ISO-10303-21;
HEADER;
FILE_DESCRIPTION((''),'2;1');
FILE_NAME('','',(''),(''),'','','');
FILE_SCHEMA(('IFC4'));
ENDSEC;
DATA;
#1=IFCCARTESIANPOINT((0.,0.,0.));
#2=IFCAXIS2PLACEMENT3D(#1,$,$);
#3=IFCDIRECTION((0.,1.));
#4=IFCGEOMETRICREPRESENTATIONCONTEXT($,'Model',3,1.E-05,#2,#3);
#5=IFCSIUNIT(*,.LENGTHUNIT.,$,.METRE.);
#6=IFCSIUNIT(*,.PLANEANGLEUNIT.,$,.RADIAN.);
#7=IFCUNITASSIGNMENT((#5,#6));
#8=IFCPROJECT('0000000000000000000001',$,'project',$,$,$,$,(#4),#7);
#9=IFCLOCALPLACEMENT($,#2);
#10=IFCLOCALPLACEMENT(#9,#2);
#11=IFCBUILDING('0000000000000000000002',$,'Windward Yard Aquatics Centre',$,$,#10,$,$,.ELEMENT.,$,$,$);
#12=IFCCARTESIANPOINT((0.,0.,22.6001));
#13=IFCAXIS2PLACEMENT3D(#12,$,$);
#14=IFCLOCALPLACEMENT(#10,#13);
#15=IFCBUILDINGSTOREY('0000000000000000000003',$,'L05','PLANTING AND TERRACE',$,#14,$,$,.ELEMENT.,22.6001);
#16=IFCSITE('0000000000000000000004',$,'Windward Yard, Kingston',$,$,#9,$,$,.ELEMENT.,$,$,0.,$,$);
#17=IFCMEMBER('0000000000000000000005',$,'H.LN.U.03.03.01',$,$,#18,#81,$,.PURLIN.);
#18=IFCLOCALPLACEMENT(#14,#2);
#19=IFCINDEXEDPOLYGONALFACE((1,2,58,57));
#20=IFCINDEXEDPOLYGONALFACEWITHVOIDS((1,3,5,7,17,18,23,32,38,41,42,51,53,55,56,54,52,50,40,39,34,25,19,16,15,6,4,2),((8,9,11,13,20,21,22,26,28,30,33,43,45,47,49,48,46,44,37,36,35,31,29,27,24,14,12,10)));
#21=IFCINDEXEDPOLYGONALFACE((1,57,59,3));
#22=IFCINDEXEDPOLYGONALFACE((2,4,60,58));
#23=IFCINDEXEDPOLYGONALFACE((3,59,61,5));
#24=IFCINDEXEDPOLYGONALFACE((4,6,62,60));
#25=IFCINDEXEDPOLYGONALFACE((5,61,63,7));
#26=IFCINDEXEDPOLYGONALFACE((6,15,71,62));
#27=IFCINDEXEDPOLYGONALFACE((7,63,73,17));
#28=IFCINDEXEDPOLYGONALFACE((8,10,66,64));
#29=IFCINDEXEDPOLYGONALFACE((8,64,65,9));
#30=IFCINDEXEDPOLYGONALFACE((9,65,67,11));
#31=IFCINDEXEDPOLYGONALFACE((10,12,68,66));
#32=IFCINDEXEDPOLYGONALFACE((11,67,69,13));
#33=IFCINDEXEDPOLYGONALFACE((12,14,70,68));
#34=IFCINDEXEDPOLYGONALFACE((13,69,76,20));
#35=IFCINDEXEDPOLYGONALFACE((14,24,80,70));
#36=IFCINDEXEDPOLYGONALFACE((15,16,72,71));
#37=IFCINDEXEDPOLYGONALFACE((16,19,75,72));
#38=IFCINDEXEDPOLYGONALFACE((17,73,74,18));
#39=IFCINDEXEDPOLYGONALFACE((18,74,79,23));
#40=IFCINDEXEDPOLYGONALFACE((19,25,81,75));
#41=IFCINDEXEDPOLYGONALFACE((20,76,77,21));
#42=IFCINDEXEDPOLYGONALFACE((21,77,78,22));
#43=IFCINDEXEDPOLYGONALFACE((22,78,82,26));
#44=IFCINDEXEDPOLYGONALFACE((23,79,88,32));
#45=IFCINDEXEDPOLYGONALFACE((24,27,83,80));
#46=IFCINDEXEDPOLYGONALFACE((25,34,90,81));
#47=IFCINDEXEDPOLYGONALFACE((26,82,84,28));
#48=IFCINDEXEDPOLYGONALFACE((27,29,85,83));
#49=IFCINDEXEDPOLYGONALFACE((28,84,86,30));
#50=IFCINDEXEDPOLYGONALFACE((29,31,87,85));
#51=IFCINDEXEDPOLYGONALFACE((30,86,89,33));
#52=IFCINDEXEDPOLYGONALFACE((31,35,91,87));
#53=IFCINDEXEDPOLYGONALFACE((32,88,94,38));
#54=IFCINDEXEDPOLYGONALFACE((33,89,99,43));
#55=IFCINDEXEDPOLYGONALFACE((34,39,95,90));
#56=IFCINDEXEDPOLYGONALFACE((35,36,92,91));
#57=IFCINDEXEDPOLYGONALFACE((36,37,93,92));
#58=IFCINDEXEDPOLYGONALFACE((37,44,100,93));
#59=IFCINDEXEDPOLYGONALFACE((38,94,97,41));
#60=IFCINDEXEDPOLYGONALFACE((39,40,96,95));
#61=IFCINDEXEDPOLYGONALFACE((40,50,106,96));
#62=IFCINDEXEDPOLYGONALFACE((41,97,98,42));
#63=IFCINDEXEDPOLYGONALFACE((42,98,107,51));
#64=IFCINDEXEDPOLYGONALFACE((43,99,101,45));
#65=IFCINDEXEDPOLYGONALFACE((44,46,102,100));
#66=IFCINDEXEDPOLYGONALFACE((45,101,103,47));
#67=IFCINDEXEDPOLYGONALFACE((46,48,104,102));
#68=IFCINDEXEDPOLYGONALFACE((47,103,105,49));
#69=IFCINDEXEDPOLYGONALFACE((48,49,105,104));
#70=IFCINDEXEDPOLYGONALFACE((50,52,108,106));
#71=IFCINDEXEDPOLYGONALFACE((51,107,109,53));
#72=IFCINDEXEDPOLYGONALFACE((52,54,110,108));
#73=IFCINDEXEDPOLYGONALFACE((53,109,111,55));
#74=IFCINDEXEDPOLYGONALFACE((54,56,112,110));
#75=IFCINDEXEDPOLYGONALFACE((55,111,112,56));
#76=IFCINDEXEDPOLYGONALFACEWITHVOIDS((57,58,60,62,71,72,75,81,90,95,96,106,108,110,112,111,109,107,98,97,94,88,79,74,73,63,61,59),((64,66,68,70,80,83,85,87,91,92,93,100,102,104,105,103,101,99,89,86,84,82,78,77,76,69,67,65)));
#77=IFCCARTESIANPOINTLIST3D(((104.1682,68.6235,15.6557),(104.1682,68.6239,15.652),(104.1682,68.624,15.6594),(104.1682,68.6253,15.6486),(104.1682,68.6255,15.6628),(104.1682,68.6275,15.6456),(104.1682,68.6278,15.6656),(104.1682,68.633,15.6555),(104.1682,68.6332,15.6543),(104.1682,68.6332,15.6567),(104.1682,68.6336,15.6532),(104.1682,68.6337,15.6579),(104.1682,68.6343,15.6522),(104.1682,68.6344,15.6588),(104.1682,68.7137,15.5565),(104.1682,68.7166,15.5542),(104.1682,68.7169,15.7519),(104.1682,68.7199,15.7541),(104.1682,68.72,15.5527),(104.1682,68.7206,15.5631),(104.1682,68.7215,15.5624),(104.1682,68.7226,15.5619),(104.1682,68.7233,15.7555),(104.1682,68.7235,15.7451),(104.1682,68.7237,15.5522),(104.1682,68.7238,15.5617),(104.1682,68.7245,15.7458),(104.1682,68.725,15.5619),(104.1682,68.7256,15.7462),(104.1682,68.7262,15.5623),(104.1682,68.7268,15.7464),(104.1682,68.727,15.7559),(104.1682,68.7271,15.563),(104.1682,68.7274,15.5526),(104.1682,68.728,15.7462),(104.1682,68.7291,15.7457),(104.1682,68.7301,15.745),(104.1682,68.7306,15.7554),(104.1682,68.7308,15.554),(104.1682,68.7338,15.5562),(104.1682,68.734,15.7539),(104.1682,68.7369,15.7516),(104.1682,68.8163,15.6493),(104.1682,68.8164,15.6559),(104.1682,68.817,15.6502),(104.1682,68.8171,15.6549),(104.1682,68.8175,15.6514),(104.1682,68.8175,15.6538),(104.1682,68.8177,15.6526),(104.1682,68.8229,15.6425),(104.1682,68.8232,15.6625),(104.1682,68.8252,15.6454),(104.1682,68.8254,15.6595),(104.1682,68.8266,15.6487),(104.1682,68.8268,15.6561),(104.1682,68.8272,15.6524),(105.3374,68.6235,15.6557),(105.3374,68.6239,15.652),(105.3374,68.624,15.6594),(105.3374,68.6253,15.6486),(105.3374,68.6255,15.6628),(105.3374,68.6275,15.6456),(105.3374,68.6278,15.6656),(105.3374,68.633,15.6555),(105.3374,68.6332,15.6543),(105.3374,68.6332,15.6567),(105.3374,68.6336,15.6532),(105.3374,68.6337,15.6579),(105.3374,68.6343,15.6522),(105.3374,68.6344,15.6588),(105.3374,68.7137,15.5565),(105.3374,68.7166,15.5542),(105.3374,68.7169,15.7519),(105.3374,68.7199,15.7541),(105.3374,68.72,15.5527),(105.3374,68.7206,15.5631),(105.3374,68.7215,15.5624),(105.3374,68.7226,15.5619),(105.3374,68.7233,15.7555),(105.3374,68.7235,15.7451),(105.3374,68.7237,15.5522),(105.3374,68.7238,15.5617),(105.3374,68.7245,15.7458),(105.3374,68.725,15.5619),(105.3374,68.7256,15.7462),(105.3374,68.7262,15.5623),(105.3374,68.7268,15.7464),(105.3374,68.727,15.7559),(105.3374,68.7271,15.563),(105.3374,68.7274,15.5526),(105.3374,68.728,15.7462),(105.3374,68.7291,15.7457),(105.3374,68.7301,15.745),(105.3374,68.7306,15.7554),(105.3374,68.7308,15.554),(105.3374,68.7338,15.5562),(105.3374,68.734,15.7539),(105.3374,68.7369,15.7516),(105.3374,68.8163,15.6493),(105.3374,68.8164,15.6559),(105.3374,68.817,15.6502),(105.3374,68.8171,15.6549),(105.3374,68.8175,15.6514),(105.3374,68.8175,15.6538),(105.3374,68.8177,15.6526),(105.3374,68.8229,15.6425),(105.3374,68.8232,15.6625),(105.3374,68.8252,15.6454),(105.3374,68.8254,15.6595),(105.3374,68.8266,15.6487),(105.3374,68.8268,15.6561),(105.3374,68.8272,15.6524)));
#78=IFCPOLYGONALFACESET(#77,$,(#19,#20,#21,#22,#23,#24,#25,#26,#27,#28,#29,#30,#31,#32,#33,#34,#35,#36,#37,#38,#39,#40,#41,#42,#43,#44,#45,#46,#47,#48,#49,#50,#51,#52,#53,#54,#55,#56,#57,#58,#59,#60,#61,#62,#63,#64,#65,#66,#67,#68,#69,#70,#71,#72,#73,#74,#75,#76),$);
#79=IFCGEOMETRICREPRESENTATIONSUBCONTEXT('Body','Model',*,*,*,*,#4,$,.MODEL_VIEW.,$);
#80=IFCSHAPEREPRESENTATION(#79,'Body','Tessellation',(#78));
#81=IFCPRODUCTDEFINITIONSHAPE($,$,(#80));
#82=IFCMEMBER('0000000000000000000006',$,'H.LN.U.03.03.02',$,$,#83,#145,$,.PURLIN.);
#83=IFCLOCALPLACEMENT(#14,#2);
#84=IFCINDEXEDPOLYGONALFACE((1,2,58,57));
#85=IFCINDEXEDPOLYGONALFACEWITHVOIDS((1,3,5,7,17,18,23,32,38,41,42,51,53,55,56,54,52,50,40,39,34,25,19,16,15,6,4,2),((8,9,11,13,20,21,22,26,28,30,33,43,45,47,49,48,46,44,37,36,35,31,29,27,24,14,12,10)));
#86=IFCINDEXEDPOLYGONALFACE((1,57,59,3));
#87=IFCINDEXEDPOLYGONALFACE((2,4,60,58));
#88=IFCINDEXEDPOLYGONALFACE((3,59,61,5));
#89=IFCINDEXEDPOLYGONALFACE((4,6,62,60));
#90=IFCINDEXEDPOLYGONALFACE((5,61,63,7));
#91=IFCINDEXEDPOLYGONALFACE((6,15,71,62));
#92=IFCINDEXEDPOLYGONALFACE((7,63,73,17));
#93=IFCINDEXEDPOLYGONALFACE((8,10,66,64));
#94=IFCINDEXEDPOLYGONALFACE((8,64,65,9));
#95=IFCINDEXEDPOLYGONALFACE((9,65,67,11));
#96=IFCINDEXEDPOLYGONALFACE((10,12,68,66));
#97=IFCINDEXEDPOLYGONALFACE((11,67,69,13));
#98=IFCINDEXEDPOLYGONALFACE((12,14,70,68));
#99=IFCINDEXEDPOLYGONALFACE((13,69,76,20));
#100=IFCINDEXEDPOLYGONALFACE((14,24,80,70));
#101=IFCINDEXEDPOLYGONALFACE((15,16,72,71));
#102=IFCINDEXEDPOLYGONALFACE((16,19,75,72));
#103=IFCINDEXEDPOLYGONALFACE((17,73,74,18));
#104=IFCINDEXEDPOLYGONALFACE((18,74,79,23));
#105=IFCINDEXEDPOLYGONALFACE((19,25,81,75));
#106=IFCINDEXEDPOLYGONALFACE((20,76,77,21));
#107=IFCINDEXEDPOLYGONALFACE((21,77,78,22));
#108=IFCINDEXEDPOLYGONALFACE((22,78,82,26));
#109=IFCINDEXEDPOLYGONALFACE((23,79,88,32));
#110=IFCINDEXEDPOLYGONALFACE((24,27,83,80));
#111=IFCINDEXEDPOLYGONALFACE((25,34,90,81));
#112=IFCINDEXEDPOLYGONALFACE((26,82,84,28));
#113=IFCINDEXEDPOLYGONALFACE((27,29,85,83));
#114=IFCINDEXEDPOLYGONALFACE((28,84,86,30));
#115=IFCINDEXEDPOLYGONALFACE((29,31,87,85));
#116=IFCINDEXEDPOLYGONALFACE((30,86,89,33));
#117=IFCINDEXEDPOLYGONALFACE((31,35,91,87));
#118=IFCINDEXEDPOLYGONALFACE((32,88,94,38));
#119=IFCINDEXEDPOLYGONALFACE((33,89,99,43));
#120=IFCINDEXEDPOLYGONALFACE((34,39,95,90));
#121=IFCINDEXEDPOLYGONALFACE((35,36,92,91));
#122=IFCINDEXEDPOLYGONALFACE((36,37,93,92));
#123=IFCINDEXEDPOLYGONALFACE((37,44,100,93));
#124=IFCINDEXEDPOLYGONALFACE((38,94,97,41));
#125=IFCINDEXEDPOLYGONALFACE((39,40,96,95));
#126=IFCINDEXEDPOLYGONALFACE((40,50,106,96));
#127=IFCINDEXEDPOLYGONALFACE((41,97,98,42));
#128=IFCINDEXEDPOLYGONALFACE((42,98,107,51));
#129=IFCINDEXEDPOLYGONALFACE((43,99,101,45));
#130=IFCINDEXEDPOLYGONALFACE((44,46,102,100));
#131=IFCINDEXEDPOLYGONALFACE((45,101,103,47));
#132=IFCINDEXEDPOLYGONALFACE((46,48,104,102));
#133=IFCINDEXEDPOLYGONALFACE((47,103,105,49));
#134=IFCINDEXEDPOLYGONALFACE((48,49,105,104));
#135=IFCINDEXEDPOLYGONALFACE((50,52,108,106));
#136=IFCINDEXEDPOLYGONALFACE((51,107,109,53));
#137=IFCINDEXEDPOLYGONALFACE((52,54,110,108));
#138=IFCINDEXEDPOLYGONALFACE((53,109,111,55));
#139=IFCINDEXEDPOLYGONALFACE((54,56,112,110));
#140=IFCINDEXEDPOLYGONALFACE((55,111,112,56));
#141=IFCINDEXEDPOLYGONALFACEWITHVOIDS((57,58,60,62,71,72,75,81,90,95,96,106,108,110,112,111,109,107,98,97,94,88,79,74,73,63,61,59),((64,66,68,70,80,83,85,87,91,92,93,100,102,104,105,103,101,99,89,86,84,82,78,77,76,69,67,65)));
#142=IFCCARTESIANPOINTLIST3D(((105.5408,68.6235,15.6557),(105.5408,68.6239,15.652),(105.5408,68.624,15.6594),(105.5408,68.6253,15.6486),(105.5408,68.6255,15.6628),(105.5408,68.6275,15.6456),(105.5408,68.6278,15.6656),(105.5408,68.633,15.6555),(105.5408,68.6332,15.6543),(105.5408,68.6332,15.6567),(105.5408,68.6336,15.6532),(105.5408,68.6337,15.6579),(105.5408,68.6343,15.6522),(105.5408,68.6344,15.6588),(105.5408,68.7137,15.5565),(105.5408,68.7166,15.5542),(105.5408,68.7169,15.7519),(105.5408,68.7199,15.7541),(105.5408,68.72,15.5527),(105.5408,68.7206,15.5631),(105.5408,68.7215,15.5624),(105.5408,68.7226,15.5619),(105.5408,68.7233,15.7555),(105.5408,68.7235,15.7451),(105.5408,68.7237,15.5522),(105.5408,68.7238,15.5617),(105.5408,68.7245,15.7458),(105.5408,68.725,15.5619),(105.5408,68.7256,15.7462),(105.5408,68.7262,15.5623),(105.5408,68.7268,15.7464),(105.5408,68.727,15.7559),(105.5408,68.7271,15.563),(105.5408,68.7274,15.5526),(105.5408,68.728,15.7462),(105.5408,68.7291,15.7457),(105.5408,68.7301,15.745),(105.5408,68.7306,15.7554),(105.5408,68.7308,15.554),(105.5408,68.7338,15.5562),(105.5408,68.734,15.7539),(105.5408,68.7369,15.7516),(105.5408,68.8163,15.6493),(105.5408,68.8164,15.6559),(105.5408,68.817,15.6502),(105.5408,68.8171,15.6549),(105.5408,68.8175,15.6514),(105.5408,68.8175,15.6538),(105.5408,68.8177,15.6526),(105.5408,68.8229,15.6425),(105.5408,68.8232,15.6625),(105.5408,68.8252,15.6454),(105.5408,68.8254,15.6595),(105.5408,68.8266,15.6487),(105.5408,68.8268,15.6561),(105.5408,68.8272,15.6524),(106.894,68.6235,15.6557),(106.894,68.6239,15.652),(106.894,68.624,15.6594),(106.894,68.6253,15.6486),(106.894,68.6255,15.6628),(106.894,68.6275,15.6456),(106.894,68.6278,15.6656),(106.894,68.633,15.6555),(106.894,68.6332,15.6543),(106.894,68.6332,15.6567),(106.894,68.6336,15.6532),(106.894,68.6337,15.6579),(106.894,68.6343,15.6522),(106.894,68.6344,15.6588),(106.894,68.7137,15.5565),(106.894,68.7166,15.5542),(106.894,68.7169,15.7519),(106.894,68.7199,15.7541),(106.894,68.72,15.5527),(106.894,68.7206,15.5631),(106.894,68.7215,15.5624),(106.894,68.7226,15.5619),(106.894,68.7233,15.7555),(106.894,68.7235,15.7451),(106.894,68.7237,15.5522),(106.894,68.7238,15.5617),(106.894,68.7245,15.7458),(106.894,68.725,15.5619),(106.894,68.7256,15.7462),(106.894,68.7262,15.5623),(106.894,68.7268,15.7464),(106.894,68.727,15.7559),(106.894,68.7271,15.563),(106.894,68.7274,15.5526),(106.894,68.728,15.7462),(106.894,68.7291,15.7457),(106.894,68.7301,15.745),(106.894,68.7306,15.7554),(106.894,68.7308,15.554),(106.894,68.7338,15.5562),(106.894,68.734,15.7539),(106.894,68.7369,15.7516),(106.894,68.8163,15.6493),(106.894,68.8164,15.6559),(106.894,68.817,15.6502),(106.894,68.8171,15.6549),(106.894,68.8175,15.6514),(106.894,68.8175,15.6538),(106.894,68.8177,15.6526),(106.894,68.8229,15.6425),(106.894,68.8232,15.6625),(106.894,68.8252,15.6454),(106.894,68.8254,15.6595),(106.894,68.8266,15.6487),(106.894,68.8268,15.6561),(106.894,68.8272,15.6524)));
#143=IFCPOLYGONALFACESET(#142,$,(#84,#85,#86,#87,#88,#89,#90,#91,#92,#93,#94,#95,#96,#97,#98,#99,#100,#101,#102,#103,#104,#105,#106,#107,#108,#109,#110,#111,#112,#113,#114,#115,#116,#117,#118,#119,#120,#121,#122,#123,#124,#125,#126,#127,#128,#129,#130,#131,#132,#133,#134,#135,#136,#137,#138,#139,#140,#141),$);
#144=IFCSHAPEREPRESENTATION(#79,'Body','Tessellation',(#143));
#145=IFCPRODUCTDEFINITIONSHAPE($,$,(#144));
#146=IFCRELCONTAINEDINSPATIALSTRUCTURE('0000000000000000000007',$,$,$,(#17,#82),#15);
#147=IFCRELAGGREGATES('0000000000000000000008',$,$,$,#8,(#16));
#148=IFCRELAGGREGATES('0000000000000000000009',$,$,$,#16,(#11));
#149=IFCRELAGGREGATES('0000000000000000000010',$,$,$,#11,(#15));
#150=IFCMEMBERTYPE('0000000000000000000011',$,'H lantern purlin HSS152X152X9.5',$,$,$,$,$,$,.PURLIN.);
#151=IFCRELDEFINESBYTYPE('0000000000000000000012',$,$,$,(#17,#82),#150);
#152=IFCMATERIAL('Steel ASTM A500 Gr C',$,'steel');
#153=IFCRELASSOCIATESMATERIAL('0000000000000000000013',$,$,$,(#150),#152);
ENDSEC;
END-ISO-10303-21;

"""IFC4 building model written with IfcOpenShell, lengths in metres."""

from ifc_helpers import new_model, si_unit, direction, frame, origin, origin_2d, place, context, subcontext, project, spatial, hollow_rectangle, extrude, material, material_profile, profile_set, type_object, element, save


model = new_model("IFC4")

# Units and contexts
model_context = context("Model", 3, precision=1e-05, world=origin(), true_north=direction((0.0, 1.0)))
body_context = subcontext(model_context, "Body", "Model", "MODEL_VIEW")
ifc_project = project(units=[si_unit("LENGTHUNIT", "METRE"), si_unit("PLANEANGLEUNIT", "RADIAN")], contexts=[model_context])

# Site, building, storey
site_placement = place(None, origin())
site = spatial("IfcSite", under=ifc_project, at=site_placement, Name="Windward Yard, Kingston", CompositionType="ELEMENT", RefElevation=0.0)
building_placement = place(site_placement, origin())
building = spatial("IfcBuilding", under=site, at=building_placement, Name="Windward Yard Aquatics Centre", CompositionType="ELEMENT")
storey_placement = place(building_placement, frame((0.0, 0.0, 22.6001)))
storey = spatial("IfcBuildingStorey", under=building, at=storey_placement, Name="L05", Description="PLANTING AND TERRACE", CompositionType="ELEMENT", Elevation=22.6001)

# Members
ifc_material_1 = material(Name="Steel ASTM A500 Gr C", Category="steel")
ifc_material_profile = material_profile(ifc_material_1, hollow_rectangle(XDim=0.1523, YDim=0.1523, WallThickness=0.0095, InnerFilletRadius=0.0046, OuterFilletRadius=0.0142, at=origin_2d()), Name="HSS152X152X9.5")
ifc_profile_set = profile_set([ifc_material_profile], Name="Steel ASTM A500 Gr C")
member_type = type_object("IfcMemberType", Name="H lantern purlin HSS152X152X9.5", PredefinedType="PURLIN", material=ifc_profile_set)
member_1_placement = place(storey_placement, frame((104.1682, 68.7253, 15.6541), z_axis=(1.0, 0.0, 0.0), x_axis=(0.0, 0.69555, -0.718477)))
element("IfcMember", 1, at=member_1_placement, inside=storey, type_object=member_type, Name="H.LN.U.03.03.01", PredefinedType="PURLIN", context=body_context, shape_type="SweptSolid", body=[
    extrude(hollow_rectangle(XDim=0.1523, YDim=0.1523, WallThickness=0.0095, InnerFilletRadius=0.0046, OuterFilletRadius=0.0142, at=origin_2d()), origin(), (0.0, 0.0, 1.0), 1.1692),
])
for number, where, z_axis, x_axis, name in (
    (2, (105.5408, 68.7253, 15.6541), (1.0, 0.0, 0.0), (0.0, 0.69555, -0.718477), "H.LN.U.03.03.02"),
):
    element("IfcMember", number, at=place(storey_placement, frame(where, z_axis=z_axis, x_axis=x_axis)), inside=storey, type_object=member_type, Name=name, PredefinedType="PURLIN", context=body_context, shape_type="SweptSolid", body=[
        extrude(hollow_rectangle(XDim=0.1523, YDim=0.1523, WallThickness=0.0095, InnerFilletRadius=0.0046, OuterFilletRadius=0.0142, at=origin_2d()), origin(), (0.0, 0.0, 1.0), 1.3533),
    ])

save(model, "model.ifc")
